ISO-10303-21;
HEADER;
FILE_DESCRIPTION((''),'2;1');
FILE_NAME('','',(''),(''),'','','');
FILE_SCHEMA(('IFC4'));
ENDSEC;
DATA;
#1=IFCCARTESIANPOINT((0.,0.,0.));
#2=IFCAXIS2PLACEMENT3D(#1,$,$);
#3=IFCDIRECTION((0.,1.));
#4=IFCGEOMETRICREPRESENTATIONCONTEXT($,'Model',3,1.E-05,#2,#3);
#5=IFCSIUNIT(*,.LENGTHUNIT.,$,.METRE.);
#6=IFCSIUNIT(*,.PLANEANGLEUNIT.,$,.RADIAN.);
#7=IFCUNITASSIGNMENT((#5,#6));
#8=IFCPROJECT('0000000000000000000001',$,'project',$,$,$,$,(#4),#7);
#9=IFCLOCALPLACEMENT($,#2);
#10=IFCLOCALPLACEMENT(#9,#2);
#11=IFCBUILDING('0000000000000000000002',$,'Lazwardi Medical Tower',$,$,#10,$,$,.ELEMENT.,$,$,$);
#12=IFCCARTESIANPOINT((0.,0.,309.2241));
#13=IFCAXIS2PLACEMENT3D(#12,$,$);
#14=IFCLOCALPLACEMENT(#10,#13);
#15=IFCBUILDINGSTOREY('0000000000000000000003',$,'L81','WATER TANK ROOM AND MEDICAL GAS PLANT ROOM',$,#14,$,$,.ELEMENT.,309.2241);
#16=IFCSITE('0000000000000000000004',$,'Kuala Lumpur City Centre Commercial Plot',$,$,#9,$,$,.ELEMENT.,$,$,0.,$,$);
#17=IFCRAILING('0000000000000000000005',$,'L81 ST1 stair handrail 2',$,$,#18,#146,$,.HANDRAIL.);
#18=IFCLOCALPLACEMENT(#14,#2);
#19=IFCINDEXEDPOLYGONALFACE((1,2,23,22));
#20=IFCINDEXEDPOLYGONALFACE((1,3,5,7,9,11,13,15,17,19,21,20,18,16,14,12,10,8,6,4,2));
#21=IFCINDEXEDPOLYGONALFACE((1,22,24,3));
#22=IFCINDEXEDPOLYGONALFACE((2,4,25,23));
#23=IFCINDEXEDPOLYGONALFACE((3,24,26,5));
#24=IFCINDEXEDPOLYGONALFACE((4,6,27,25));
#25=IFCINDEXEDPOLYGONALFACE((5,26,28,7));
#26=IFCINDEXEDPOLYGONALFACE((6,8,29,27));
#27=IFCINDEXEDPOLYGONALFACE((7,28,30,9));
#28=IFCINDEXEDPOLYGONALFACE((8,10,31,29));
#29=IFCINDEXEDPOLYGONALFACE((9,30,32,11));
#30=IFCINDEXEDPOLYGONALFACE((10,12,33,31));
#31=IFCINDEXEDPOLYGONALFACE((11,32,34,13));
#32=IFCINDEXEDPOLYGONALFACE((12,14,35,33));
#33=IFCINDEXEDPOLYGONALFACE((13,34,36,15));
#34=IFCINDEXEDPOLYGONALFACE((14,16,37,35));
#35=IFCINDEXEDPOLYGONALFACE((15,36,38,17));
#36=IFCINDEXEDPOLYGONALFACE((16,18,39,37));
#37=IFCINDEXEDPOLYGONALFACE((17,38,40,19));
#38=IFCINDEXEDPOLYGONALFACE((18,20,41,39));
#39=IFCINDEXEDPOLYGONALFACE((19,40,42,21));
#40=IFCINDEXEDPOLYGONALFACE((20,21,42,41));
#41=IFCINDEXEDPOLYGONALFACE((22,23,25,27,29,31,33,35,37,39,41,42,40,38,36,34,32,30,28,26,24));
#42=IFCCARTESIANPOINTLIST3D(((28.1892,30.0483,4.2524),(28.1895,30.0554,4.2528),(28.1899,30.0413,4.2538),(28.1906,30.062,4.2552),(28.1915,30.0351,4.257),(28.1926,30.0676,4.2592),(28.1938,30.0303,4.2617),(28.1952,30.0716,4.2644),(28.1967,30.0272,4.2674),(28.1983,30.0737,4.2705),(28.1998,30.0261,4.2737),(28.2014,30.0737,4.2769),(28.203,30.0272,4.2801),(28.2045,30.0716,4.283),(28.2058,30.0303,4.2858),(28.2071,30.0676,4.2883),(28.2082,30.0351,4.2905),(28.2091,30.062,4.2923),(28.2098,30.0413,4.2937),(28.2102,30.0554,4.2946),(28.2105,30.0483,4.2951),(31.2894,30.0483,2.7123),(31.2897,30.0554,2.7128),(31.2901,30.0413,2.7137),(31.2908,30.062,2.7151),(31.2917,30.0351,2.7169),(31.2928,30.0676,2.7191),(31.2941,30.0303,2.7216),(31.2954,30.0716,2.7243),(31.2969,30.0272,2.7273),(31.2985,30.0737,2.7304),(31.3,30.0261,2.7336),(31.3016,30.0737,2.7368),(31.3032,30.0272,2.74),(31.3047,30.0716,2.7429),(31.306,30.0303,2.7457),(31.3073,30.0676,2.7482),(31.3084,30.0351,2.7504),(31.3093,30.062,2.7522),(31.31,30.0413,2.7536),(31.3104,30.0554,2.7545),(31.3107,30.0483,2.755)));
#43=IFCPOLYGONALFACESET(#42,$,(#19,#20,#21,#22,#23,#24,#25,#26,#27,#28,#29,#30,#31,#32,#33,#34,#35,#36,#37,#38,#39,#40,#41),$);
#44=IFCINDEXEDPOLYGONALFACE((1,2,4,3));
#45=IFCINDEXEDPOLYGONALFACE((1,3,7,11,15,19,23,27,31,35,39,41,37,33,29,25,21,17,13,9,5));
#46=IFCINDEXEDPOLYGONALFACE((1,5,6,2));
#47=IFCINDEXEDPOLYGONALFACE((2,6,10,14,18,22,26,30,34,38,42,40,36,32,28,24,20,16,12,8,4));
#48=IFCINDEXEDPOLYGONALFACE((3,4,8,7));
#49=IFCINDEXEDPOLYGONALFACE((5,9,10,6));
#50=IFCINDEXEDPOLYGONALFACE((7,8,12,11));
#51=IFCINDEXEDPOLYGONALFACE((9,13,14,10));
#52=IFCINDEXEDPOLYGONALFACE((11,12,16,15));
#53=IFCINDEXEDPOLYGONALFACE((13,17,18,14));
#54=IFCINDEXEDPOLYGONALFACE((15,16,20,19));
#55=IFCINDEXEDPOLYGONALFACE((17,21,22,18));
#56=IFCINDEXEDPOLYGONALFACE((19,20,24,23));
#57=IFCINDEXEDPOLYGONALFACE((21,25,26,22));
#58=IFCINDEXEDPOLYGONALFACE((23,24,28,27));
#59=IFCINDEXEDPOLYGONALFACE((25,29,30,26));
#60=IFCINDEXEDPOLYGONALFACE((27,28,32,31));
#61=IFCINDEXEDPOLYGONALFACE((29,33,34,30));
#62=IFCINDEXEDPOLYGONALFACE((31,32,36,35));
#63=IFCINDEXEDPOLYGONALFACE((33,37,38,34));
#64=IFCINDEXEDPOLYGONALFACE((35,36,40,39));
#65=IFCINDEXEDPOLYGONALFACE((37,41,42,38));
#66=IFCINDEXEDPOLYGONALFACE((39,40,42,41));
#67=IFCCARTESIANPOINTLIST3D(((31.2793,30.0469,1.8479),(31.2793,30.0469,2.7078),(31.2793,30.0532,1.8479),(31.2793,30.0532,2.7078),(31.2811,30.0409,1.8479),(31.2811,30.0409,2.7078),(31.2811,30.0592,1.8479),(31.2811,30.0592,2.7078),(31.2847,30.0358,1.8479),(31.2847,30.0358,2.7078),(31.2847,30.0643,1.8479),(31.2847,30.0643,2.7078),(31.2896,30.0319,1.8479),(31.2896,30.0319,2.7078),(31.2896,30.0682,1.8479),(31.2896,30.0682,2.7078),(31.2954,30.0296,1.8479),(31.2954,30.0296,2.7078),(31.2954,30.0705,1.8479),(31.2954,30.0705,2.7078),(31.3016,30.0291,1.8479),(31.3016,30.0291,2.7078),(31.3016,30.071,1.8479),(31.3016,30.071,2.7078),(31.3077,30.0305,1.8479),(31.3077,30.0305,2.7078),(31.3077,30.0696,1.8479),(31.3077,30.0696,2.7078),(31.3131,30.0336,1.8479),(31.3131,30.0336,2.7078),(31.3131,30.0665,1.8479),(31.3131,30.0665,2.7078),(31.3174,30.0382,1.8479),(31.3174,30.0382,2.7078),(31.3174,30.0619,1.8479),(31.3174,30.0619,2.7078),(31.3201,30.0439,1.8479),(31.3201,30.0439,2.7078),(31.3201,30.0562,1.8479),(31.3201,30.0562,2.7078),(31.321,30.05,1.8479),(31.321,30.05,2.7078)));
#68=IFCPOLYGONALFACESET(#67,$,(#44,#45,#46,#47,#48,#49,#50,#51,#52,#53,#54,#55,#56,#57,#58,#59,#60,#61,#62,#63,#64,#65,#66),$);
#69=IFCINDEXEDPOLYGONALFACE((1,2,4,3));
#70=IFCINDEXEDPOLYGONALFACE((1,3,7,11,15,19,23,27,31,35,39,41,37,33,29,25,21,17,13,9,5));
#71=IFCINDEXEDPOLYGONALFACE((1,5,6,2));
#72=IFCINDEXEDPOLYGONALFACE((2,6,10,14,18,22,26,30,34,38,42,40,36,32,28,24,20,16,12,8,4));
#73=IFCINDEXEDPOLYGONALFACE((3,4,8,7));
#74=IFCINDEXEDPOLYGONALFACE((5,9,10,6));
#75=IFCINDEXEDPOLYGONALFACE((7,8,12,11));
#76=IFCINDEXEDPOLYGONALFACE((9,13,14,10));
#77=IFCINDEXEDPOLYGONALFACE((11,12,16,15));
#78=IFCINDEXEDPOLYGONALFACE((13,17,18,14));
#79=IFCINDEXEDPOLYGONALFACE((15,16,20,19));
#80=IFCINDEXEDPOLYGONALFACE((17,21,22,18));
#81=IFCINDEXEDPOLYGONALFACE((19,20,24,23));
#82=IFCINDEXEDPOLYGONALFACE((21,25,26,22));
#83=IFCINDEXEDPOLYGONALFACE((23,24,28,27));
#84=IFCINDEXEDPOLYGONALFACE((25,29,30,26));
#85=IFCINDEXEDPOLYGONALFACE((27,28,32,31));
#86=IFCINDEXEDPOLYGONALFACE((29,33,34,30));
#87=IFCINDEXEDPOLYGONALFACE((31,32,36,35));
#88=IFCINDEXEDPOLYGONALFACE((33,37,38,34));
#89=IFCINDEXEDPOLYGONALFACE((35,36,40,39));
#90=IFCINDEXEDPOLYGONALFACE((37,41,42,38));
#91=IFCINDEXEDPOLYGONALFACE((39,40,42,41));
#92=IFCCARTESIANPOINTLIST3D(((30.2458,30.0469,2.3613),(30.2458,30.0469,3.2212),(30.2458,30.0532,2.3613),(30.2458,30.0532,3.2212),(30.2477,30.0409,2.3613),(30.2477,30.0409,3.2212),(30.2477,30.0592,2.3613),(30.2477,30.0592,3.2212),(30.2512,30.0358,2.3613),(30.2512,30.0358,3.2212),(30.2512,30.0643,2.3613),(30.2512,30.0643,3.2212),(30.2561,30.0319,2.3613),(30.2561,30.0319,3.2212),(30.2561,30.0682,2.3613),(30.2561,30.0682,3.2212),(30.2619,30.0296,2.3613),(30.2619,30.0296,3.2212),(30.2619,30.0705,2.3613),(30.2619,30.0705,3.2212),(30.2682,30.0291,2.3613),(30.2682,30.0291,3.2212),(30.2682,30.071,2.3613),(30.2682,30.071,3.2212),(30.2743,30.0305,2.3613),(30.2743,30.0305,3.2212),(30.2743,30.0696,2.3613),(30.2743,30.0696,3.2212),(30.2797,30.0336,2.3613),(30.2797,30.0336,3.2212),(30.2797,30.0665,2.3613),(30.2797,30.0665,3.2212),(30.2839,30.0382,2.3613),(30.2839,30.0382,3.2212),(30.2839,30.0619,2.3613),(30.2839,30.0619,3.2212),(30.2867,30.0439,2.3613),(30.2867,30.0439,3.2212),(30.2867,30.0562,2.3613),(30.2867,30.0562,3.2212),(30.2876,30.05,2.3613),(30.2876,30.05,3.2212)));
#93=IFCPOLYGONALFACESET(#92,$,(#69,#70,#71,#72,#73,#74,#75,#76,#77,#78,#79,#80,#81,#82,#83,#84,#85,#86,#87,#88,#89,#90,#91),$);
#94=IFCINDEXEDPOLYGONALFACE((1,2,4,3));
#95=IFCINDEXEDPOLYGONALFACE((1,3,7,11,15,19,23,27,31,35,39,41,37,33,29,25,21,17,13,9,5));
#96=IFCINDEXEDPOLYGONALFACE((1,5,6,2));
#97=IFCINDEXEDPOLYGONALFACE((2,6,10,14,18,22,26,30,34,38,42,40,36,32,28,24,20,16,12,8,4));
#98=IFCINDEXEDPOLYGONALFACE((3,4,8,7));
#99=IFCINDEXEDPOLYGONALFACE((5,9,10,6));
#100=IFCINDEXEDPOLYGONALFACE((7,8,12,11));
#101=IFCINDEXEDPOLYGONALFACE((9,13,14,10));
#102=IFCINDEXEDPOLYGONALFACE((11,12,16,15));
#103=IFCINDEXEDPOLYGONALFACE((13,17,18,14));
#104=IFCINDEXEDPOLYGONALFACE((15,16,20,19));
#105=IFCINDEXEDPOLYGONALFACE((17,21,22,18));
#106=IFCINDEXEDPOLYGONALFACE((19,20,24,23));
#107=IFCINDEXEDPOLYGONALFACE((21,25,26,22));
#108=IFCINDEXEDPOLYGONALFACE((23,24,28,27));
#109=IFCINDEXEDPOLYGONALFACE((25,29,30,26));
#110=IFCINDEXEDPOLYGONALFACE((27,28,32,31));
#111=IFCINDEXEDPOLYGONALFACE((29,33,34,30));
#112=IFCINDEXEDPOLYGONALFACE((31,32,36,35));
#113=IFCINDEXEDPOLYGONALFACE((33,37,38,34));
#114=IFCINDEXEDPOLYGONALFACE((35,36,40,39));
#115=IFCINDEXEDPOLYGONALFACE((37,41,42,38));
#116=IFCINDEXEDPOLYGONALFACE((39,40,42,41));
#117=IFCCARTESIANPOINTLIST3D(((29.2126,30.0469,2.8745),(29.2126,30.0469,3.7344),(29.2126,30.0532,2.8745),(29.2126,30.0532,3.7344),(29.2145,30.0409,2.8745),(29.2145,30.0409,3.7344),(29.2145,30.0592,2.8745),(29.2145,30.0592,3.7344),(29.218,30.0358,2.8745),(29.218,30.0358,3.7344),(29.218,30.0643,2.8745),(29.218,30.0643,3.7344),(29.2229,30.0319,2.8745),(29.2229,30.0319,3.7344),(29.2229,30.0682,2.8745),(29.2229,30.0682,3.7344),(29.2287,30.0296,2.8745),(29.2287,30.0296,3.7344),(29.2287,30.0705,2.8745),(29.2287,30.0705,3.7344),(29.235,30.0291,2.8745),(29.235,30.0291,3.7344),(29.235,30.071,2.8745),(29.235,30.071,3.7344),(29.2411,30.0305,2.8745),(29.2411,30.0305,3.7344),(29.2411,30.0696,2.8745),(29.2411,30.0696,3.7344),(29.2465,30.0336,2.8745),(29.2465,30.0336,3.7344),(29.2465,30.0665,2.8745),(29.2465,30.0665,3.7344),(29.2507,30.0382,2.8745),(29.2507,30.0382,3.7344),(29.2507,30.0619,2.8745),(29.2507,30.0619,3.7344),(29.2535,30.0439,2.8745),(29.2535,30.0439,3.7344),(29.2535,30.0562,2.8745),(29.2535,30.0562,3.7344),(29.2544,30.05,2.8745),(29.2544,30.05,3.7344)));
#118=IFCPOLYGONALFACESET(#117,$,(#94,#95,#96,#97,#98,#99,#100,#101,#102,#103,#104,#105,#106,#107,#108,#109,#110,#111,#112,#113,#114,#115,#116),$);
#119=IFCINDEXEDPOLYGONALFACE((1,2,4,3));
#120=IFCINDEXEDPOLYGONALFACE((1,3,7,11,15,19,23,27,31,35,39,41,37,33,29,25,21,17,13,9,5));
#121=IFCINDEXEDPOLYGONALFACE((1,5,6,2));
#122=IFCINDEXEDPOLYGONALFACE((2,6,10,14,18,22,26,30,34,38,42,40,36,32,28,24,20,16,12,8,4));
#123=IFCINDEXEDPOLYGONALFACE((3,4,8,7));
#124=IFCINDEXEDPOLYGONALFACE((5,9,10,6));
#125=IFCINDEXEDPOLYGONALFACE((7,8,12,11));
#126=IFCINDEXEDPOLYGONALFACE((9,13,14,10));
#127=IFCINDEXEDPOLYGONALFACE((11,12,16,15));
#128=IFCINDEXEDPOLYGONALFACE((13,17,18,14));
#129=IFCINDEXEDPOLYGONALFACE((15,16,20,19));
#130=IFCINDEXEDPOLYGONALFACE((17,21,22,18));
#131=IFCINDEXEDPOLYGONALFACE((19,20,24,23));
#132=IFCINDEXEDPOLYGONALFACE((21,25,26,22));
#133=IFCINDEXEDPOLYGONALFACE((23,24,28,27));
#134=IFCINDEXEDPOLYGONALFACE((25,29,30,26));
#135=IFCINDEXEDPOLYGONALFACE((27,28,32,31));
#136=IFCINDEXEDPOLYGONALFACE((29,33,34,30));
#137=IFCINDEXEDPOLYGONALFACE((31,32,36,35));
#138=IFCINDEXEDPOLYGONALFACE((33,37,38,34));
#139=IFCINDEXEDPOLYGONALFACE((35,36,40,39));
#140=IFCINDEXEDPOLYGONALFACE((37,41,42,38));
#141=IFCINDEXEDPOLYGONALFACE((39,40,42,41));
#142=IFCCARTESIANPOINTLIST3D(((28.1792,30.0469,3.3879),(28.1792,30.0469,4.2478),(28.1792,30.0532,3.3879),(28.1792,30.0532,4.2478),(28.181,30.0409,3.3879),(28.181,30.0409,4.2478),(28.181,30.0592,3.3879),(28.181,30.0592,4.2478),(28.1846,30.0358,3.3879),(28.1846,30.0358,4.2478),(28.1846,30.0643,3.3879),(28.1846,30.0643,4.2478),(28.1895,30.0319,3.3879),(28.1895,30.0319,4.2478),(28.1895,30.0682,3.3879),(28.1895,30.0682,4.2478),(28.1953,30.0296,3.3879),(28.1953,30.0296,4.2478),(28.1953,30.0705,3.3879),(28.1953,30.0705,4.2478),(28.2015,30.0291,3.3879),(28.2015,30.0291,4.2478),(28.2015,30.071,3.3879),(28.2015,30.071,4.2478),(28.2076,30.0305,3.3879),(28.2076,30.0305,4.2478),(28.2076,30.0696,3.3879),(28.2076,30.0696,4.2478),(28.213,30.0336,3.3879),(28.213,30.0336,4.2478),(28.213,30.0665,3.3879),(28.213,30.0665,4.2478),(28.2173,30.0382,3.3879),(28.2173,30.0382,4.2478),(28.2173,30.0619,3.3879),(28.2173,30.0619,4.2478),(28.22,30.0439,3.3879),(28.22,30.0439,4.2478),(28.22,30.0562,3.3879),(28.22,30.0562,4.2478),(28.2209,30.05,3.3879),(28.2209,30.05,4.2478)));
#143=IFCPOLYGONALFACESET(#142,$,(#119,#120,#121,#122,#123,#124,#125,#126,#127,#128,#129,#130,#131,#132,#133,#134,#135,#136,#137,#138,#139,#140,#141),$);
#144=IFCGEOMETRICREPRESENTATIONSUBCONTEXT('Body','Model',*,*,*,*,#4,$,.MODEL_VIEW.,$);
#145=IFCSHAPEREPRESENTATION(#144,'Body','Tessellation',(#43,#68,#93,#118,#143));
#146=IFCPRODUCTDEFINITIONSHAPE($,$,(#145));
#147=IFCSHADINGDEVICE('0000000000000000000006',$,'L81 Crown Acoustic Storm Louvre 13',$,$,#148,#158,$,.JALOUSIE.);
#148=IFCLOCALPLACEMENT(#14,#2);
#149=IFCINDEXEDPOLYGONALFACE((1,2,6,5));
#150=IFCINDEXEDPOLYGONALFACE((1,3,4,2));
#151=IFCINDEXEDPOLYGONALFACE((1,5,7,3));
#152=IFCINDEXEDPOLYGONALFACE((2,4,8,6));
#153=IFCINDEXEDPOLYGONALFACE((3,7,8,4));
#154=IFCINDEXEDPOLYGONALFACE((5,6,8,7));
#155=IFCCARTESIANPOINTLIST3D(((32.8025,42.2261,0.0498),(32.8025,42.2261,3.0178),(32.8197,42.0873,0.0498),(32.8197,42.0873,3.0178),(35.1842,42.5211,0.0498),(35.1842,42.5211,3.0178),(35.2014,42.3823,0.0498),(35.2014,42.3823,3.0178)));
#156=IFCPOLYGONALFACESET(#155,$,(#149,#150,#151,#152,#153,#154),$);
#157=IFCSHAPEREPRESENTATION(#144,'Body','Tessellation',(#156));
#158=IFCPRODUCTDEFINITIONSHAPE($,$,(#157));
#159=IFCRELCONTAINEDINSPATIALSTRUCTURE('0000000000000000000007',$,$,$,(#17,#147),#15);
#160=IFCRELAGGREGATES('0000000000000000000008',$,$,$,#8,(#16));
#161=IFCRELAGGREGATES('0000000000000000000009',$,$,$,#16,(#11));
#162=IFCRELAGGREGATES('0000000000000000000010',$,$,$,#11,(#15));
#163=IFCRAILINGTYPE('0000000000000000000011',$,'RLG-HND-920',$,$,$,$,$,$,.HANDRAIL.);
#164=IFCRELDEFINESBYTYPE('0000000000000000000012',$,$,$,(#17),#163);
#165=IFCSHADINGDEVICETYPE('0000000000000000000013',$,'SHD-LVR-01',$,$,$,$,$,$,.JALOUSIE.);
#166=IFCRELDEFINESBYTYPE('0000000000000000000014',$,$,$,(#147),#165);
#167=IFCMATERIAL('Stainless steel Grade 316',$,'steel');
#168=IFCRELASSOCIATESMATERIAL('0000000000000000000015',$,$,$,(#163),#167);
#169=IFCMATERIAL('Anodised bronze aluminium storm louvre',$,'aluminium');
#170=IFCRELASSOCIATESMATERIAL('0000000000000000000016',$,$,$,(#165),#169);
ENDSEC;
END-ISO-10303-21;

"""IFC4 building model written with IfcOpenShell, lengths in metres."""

from ifc_helpers import new_model, si_unit, direction, frame, origin, origin_2d, place, context, subcontext, project, spatial, rectangle, circle, extrude, material, type_object, element, save


model = new_model("IFC4")

# Units and contexts
model_context = context("Model", 3, precision=1e-05, world=origin(), true_north=direction((0.0, 1.0)))
body_context = subcontext(model_context, "Body", "Model", "MODEL_VIEW")
ifc_project = project(units=[si_unit("LENGTHUNIT", "METRE"), si_unit("PLANEANGLEUNIT", "RADIAN")], contexts=[model_context])

# Site, building, storey
site_placement = place(None, origin())
site = spatial("IfcSite", under=ifc_project, at=site_placement, Name="Kuala Lumpur City Centre Commercial Plot", CompositionType="ELEMENT", RefElevation=0.0)
building_placement = place(site_placement, origin())
building = spatial("IfcBuilding", under=site, at=building_placement, Name="Lazwardi Medical Tower", CompositionType="ELEMENT")
storey_placement = place(building_placement, frame((0.0, 0.0, 309.2241)))
storey = spatial("IfcBuildingStorey", under=building, at=storey_placement, Name="L81", Description="WATER TANK ROOM AND MEDICAL GAS PLANT ROOM", CompositionType="ELEMENT", Elevation=309.2241)

# Railing
ifc_material_1 = material(Name="Stainless steel Grade 316", Category="steel")
railing_type_1 = type_object("IfcRailingType", Name="RLG-HND-920", PredefinedType="HANDRAIL", material=ifc_material_1)
railing_1_placement = place(storey_placement, frame((31.3, 30.05, 1.8479)))
element("IfcRailing", 1, at=railing_1_placement, inside=storey, type_object=railing_type_1, Name="L81 ST1 stair handrail 2", PredefinedType="HANDRAIL", context=body_context, shape_type="SweptSolid", body=[
    extrude(circle(Radius=0.0239, at=origin_2d()), frame((0.0, 0.0, 0.8857), z_axis=(-0.895581, 0.0, 0.444899), x_axis=(0.0, -1.0, 0.0)), (0.0, 0.0, 1.0), 3.4617),
    extrude(circle(Radius=0.021, at=origin_2d()), origin(), (0.0, 0.0, 1.0), 0.8599),
    extrude(circle(Radius=0.021, at=origin_2d()), frame((-1.0334, 0.0, 0.5134)), (0.0, 0.0, 1.0), 0.8599),
    extrude(circle(Radius=0.021, at=origin_2d()), frame((-2.0667, 0.0, 1.0266)), (0.0, 0.0, 1.0), 0.8599),
    extrude(circle(Radius=0.021, at=origin_2d()), frame((-3.1001, 0.0, 1.54)), (0.0, 0.0, 1.0), 0.8599),
])

# Shading device
ifc_material_2 = material(Name="Anodised bronze aluminium storm louvre", Category="aluminium")
shading_device_type = type_object("IfcShadingDeviceType", Name="SHD-LVR-01", PredefinedType="JALOUSIE", material=ifc_material_2)
shading_device_placement = place(storey_placement, frame((34.002, 42.3042, 0.0498), z_axis=(0.0, 0.0, 1.0), x_axis=(-0.992415, -0.122933, 0.0)))
element("IfcShadingDevice", 2, at=shading_device_placement, inside=storey, type_object=shading_device_type, Name="L81 Crown Acoustic Storm Louvre 13", PredefinedType="JALOUSIE", context=body_context, shape_type="SweptSolid", body=[
    extrude(rectangle(XDim=2.3999, YDim=0.1399, at=origin_2d()), origin(), (0.0, 0.0, 1.0), 2.968),
])

save(model, "model.ifc")
